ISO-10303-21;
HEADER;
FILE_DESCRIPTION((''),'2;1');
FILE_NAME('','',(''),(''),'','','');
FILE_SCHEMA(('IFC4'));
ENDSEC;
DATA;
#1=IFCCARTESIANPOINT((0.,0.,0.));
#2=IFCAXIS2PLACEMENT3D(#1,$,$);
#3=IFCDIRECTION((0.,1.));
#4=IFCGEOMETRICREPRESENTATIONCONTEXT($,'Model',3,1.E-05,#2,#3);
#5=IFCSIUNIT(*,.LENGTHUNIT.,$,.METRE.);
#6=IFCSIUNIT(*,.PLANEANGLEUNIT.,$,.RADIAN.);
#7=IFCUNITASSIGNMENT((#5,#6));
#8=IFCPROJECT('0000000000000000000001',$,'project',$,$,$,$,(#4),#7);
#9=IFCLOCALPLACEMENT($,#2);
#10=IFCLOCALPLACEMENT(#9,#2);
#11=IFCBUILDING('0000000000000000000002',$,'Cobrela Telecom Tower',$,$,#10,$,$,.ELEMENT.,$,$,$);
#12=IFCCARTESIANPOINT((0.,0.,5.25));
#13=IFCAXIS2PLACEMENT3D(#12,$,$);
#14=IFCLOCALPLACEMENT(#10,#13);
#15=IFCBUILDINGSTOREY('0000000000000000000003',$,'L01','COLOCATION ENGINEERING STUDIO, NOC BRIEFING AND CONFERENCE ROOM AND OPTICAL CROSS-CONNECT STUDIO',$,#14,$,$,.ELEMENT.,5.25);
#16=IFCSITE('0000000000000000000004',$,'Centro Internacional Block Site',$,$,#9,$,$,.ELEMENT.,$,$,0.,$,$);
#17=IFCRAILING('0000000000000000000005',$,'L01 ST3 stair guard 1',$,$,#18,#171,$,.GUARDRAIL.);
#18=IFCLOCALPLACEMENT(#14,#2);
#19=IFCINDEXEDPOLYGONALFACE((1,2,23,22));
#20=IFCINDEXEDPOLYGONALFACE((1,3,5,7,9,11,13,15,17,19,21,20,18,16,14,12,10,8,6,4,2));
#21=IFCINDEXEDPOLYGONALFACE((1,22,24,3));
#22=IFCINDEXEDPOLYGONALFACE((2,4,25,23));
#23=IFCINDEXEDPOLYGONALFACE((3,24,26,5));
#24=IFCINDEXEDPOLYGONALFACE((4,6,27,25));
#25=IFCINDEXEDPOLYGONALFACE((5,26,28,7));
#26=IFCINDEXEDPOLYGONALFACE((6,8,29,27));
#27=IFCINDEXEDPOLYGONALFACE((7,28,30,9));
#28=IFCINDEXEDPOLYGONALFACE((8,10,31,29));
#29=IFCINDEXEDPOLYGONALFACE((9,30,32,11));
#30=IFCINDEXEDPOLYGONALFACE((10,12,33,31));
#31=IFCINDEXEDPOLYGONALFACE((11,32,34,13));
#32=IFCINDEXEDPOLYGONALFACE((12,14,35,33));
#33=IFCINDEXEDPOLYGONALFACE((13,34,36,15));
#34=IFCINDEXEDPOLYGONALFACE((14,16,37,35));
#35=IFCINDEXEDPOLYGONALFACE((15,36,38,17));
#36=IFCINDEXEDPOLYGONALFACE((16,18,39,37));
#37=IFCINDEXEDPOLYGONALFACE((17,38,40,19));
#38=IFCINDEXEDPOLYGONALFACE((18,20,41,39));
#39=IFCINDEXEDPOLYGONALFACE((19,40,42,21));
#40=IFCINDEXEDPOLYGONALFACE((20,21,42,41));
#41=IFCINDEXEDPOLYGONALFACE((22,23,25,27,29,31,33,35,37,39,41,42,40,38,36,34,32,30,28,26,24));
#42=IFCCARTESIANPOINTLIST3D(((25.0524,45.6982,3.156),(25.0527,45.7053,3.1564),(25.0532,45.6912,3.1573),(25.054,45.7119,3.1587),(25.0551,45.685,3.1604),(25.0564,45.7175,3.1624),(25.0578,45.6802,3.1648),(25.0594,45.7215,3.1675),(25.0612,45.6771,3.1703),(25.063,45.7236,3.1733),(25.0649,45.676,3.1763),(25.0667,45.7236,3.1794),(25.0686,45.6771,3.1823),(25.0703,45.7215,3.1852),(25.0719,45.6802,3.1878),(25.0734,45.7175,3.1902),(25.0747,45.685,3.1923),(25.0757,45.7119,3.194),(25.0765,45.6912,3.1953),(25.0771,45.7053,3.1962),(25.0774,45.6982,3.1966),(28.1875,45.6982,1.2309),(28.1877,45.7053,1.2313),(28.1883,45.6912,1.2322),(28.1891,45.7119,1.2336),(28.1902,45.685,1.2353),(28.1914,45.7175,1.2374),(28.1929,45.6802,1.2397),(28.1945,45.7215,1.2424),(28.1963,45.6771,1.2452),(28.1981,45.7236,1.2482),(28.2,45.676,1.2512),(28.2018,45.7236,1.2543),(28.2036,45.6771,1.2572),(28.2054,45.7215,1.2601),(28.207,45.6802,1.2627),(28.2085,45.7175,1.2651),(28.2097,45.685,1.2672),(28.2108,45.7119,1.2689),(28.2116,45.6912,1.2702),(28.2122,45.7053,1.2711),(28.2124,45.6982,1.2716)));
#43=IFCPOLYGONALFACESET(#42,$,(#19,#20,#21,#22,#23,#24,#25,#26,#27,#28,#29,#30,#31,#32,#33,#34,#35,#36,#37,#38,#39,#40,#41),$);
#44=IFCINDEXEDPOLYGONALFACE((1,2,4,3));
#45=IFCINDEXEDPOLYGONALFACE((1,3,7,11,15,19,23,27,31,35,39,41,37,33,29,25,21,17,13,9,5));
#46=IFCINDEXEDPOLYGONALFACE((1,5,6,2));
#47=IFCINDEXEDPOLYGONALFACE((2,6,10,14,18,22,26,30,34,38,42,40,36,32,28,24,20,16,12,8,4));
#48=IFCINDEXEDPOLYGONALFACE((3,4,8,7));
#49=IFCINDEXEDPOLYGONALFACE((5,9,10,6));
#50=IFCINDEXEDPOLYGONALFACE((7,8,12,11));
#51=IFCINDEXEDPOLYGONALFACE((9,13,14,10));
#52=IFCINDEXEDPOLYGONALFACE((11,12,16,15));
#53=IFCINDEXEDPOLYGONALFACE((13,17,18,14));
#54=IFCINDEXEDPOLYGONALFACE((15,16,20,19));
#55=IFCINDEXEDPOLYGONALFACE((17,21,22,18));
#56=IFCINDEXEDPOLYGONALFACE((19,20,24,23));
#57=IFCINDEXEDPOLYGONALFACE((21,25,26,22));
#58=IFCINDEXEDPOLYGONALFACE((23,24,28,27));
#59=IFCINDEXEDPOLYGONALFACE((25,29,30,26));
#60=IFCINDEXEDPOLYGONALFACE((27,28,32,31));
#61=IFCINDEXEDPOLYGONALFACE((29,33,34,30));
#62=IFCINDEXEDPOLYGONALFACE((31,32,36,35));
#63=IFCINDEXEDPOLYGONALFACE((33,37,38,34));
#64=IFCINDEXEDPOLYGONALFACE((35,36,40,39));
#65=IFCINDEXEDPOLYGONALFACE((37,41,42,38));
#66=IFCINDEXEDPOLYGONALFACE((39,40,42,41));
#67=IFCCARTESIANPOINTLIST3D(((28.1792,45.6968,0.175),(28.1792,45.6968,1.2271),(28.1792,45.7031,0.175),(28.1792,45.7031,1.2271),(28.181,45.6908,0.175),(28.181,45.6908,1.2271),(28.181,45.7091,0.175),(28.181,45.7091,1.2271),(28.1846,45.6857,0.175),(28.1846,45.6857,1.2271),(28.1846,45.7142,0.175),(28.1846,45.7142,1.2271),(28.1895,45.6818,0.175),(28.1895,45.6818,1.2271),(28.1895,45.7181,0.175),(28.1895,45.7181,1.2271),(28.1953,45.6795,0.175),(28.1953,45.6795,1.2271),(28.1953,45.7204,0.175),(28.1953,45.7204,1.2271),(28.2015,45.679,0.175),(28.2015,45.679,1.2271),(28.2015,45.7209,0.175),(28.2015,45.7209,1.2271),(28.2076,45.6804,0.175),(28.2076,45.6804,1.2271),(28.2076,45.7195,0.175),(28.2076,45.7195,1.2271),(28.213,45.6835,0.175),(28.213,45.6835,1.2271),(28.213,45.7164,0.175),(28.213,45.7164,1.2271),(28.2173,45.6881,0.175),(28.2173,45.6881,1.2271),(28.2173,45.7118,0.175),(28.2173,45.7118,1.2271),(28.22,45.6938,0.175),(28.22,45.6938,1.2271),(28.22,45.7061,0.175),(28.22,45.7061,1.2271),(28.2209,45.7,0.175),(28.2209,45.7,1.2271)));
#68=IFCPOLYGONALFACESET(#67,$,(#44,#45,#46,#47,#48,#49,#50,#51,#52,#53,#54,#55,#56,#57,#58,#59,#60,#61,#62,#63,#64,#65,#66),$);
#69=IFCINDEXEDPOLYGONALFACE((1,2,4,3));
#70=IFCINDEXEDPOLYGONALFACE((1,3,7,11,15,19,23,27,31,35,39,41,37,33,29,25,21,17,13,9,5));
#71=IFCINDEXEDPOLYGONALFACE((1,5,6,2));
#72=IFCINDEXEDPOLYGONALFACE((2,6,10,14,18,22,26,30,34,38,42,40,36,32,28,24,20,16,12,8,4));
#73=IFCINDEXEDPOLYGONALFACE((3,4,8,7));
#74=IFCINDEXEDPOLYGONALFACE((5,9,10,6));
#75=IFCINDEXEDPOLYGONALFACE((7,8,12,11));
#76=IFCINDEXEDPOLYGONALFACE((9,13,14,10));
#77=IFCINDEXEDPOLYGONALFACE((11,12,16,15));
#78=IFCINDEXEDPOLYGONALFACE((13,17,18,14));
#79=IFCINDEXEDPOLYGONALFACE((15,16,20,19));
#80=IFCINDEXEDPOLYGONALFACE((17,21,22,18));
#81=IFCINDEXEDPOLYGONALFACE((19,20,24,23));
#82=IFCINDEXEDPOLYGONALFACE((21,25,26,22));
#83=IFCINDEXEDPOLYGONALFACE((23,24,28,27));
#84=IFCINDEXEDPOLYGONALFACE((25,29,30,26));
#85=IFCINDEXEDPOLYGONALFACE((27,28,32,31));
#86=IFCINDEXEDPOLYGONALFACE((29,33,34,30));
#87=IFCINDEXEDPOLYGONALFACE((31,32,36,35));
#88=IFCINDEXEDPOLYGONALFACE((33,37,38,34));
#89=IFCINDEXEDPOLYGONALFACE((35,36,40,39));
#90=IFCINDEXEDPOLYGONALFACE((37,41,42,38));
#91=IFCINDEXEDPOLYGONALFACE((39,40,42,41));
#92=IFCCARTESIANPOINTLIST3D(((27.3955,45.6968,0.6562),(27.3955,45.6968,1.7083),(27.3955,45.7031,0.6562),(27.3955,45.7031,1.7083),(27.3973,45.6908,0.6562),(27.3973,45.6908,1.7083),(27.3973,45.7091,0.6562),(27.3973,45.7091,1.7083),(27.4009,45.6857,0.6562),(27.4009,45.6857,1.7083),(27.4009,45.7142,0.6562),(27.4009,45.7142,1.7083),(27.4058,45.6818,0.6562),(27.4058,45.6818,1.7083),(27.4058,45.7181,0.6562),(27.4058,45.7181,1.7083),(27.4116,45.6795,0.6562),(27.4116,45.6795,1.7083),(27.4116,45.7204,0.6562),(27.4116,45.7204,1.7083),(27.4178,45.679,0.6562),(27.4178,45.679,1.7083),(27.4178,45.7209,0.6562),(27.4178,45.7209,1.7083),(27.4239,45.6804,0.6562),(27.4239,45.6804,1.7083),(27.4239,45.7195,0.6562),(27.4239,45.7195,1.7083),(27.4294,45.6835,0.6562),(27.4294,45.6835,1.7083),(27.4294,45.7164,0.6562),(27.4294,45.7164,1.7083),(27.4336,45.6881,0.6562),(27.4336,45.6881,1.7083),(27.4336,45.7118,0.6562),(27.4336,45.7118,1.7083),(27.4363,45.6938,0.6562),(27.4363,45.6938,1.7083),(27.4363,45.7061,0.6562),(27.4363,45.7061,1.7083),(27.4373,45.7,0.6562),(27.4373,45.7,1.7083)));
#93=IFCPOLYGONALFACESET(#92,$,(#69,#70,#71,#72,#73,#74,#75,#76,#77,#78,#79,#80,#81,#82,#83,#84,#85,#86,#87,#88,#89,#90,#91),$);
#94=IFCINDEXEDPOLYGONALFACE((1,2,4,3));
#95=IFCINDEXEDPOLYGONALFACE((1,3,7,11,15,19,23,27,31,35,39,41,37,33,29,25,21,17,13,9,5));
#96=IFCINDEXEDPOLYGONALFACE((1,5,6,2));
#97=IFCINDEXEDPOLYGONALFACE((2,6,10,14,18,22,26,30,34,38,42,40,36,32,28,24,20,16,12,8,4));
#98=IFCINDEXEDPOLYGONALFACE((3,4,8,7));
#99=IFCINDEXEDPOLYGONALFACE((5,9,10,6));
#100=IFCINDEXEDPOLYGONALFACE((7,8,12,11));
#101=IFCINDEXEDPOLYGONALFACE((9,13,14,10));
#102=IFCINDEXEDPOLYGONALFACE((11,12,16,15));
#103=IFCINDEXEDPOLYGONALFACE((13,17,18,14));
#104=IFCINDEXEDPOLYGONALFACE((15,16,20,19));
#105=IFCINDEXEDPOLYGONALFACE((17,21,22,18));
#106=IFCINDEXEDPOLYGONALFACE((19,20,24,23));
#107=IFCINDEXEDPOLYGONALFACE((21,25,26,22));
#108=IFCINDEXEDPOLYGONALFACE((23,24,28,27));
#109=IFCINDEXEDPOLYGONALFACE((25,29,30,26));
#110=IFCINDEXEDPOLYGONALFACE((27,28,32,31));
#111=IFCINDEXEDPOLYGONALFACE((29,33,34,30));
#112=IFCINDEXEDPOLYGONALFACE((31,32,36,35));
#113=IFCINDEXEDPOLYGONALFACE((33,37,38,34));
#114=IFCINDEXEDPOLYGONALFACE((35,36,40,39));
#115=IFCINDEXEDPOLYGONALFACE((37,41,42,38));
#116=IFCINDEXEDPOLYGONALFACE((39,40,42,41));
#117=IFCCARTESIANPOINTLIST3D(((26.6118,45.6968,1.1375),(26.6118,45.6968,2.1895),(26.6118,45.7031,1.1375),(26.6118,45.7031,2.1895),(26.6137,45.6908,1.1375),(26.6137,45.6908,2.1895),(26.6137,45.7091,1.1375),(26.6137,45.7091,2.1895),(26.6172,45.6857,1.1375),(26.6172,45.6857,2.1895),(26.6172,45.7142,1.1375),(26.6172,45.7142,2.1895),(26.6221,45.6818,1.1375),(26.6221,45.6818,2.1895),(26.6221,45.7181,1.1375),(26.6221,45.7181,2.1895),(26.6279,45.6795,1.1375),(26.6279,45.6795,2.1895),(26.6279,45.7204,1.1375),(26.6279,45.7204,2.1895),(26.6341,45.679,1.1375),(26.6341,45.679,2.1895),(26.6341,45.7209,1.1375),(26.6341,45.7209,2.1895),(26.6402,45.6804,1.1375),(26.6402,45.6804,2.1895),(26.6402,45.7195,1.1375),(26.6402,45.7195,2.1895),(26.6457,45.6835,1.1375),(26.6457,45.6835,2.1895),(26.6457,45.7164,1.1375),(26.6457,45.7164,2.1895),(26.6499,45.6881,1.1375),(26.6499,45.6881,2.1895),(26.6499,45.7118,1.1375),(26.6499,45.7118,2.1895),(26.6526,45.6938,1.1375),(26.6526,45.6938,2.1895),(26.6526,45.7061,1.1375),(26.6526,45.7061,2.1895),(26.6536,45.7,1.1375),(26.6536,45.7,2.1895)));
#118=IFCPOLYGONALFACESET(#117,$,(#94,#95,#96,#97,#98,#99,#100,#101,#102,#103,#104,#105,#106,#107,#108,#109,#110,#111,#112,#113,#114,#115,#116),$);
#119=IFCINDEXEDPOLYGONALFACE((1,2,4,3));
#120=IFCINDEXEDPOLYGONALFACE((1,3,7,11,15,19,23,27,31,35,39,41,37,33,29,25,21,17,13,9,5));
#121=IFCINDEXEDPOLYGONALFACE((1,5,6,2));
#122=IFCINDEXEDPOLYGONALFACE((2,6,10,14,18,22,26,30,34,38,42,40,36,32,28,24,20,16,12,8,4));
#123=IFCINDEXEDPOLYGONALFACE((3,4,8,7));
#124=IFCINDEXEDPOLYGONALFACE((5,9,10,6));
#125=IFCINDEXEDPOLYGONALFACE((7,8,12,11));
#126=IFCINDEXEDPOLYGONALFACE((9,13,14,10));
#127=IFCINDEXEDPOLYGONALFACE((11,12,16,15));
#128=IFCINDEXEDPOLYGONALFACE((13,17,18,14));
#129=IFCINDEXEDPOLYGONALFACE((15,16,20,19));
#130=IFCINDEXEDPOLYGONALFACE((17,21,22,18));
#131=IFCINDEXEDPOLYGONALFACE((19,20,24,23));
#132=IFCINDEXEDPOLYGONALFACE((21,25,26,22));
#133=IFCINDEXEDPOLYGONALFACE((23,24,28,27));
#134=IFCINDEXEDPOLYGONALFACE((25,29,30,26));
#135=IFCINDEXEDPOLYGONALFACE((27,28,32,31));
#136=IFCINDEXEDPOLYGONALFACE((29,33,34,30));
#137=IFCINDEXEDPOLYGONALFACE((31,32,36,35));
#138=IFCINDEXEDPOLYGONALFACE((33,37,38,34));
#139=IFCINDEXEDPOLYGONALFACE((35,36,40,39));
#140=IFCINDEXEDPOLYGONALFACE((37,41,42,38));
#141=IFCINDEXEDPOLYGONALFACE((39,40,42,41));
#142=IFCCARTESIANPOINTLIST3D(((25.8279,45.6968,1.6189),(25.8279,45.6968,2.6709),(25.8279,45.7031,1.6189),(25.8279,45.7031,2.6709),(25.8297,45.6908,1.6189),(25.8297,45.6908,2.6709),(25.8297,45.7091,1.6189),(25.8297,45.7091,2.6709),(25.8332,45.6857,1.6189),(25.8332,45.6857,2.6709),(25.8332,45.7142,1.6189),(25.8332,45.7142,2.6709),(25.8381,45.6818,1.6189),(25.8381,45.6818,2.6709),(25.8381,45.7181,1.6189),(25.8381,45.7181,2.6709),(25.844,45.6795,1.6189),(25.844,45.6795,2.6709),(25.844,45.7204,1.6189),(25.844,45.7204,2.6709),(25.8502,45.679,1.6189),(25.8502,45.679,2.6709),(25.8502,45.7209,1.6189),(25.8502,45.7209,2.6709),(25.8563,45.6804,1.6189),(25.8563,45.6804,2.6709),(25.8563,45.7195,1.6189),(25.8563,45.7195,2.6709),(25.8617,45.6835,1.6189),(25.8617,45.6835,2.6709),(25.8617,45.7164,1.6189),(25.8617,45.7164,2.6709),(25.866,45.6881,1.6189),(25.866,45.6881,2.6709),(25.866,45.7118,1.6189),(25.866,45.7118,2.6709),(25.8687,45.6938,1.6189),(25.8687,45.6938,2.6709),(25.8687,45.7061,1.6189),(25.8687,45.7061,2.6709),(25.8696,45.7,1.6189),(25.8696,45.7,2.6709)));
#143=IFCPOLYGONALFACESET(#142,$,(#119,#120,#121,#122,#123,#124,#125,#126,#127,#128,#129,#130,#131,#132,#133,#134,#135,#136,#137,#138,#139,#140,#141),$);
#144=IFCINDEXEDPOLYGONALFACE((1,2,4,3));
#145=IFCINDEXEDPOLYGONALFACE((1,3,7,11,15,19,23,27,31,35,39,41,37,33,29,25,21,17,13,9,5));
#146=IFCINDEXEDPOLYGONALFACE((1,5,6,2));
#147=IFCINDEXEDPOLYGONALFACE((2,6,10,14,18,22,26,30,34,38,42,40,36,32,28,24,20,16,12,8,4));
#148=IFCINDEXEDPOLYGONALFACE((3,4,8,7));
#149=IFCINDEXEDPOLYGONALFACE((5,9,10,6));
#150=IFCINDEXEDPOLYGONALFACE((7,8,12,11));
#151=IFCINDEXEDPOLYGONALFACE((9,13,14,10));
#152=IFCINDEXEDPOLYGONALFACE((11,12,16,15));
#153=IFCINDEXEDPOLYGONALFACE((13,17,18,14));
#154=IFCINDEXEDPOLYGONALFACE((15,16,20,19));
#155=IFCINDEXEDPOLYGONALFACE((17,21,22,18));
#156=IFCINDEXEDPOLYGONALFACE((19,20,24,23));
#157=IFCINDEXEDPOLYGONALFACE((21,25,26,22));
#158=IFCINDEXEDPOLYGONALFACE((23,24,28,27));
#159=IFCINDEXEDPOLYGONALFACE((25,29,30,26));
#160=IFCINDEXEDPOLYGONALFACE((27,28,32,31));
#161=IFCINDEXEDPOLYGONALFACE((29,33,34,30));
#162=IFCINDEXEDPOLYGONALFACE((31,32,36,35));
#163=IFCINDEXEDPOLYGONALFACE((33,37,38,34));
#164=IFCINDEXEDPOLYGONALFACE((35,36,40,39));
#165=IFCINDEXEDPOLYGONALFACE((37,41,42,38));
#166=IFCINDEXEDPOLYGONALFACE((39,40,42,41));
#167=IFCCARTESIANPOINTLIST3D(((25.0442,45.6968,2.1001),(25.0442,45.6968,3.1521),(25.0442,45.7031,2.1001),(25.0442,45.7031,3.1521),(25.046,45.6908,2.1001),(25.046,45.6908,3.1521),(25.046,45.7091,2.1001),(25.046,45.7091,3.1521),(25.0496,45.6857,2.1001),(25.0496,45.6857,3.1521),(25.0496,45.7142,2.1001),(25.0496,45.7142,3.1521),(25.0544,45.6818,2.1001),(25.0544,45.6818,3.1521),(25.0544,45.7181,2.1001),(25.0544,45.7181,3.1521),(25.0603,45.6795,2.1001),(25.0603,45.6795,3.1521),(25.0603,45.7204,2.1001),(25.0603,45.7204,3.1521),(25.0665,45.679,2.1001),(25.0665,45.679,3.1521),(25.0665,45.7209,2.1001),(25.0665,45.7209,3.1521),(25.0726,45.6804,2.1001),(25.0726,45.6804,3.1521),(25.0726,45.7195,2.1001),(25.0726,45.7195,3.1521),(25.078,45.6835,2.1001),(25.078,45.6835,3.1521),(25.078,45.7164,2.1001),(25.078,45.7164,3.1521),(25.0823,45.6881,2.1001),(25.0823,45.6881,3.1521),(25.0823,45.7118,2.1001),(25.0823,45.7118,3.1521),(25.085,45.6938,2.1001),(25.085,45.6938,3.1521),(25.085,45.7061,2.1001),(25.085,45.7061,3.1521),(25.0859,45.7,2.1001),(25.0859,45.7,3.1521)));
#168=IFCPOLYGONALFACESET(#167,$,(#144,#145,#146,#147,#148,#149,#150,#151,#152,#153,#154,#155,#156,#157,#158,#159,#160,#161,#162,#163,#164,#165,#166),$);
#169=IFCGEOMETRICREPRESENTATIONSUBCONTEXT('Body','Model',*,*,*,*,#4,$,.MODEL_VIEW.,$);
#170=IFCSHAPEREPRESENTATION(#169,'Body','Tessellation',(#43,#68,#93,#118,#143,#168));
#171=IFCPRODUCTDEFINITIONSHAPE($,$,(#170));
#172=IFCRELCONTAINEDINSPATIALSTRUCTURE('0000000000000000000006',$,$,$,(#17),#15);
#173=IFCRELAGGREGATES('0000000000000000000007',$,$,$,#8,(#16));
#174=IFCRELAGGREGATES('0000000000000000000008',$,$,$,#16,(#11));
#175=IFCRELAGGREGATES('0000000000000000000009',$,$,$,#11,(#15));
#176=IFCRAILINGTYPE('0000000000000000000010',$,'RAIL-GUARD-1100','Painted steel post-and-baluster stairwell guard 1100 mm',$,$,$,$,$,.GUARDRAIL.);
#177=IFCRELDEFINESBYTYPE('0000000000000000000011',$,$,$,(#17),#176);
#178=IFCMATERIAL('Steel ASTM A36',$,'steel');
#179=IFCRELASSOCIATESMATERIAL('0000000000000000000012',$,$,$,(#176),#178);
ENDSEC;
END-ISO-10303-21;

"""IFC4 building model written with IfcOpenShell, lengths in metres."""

from ifc_helpers import new_model, si_unit, direction, frame, origin, origin_2d, place, context, subcontext, project, spatial, circle, extrude, material, type_object, element, save


model = new_model("IFC4")

# Units and contexts
model_context = context("Model", 3, precision=1e-05, world=origin(), true_north=direction((0.0, 1.0)))
body_context = subcontext(model_context, "Body", "Model", "MODEL_VIEW")
ifc_project = project(units=[si_unit("LENGTHUNIT", "METRE"), si_unit("PLANEANGLEUNIT", "RADIAN")], contexts=[model_context])

# Site, building, storey
site_placement = place(None, origin())
site = spatial("IfcSite", under=ifc_project, at=site_placement, Name="Centro Internacional Block Site", CompositionType="ELEMENT", RefElevation=0.0)
building_placement = place(site_placement, origin())
building = spatial("IfcBuilding", under=site, at=building_placement, Name="Cobrela Telecom Tower", CompositionType="ELEMENT")
storey_placement = place(building_placement, frame((0.0, 0.0, 5.25)))
storey = spatial("IfcBuildingStorey", under=building, at=storey_placement, Name="L01", Description="COLOCATION ENGINEERING STUDIO, NOC BRIEFING AND CONFERENCE ROOM AND OPTICAL CROSS-CONNECT STUDIO", CompositionType="ELEMENT", Elevation=5.25)

# Shared definitions
ifc_material_1 = material(Name="Steel ASTM A36", Category="steel")

# Railing
railing_type_1 = type_object("IfcRailingType", Name="RAIL-GUARD-1100", Description="Painted steel post-and-baluster stairwell guard 1100 mm", PredefinedType="GUARDRAIL", material=ifc_material_1)
railing_1_placement = place(storey_placement, frame((28.2, 45.7, 0.175)))
element("IfcRailing", 1, at=railing_1_placement, inside=storey, type_object=railing_type_1, Name="L01 ST3 stair guard 1", PredefinedType="GUARDRAIL", context=body_context, shape_type="SweptSolid", body=[
    extrude(circle(Radius=0.0239, at=origin_2d()), frame((0.0, 0.0, 1.0762), z_axis=(-0.852166, 0.0, 0.523271), x_axis=(0.0, -1.0, 0.0)), (0.0, 0.0, 1.0), 3.679),
    extrude(circle(Radius=0.021, at=origin_2d()), origin(), (0.0, 0.0, 1.0), 1.052),
    extrude(circle(Radius=0.021, at=origin_2d()), frame((-0.7837, 0.0, 0.4812)), (0.0, 0.0, 1.0), 1.052),
    extrude(circle(Radius=0.021, at=origin_2d()), frame((-1.5674, 0.0, 0.9624)), (0.0, 0.0, 1.0), 1.052),
    extrude(circle(Radius=0.021, at=origin_2d()), frame((-2.3513, 0.0, 1.4438)), (0.0, 0.0, 1.0), 1.052),
    extrude(circle(Radius=0.021, at=origin_2d()), frame((-3.135, 0.0, 1.925)), (0.0, 0.0, 1.0), 1.052),
])

save(model, "model.ifc")
